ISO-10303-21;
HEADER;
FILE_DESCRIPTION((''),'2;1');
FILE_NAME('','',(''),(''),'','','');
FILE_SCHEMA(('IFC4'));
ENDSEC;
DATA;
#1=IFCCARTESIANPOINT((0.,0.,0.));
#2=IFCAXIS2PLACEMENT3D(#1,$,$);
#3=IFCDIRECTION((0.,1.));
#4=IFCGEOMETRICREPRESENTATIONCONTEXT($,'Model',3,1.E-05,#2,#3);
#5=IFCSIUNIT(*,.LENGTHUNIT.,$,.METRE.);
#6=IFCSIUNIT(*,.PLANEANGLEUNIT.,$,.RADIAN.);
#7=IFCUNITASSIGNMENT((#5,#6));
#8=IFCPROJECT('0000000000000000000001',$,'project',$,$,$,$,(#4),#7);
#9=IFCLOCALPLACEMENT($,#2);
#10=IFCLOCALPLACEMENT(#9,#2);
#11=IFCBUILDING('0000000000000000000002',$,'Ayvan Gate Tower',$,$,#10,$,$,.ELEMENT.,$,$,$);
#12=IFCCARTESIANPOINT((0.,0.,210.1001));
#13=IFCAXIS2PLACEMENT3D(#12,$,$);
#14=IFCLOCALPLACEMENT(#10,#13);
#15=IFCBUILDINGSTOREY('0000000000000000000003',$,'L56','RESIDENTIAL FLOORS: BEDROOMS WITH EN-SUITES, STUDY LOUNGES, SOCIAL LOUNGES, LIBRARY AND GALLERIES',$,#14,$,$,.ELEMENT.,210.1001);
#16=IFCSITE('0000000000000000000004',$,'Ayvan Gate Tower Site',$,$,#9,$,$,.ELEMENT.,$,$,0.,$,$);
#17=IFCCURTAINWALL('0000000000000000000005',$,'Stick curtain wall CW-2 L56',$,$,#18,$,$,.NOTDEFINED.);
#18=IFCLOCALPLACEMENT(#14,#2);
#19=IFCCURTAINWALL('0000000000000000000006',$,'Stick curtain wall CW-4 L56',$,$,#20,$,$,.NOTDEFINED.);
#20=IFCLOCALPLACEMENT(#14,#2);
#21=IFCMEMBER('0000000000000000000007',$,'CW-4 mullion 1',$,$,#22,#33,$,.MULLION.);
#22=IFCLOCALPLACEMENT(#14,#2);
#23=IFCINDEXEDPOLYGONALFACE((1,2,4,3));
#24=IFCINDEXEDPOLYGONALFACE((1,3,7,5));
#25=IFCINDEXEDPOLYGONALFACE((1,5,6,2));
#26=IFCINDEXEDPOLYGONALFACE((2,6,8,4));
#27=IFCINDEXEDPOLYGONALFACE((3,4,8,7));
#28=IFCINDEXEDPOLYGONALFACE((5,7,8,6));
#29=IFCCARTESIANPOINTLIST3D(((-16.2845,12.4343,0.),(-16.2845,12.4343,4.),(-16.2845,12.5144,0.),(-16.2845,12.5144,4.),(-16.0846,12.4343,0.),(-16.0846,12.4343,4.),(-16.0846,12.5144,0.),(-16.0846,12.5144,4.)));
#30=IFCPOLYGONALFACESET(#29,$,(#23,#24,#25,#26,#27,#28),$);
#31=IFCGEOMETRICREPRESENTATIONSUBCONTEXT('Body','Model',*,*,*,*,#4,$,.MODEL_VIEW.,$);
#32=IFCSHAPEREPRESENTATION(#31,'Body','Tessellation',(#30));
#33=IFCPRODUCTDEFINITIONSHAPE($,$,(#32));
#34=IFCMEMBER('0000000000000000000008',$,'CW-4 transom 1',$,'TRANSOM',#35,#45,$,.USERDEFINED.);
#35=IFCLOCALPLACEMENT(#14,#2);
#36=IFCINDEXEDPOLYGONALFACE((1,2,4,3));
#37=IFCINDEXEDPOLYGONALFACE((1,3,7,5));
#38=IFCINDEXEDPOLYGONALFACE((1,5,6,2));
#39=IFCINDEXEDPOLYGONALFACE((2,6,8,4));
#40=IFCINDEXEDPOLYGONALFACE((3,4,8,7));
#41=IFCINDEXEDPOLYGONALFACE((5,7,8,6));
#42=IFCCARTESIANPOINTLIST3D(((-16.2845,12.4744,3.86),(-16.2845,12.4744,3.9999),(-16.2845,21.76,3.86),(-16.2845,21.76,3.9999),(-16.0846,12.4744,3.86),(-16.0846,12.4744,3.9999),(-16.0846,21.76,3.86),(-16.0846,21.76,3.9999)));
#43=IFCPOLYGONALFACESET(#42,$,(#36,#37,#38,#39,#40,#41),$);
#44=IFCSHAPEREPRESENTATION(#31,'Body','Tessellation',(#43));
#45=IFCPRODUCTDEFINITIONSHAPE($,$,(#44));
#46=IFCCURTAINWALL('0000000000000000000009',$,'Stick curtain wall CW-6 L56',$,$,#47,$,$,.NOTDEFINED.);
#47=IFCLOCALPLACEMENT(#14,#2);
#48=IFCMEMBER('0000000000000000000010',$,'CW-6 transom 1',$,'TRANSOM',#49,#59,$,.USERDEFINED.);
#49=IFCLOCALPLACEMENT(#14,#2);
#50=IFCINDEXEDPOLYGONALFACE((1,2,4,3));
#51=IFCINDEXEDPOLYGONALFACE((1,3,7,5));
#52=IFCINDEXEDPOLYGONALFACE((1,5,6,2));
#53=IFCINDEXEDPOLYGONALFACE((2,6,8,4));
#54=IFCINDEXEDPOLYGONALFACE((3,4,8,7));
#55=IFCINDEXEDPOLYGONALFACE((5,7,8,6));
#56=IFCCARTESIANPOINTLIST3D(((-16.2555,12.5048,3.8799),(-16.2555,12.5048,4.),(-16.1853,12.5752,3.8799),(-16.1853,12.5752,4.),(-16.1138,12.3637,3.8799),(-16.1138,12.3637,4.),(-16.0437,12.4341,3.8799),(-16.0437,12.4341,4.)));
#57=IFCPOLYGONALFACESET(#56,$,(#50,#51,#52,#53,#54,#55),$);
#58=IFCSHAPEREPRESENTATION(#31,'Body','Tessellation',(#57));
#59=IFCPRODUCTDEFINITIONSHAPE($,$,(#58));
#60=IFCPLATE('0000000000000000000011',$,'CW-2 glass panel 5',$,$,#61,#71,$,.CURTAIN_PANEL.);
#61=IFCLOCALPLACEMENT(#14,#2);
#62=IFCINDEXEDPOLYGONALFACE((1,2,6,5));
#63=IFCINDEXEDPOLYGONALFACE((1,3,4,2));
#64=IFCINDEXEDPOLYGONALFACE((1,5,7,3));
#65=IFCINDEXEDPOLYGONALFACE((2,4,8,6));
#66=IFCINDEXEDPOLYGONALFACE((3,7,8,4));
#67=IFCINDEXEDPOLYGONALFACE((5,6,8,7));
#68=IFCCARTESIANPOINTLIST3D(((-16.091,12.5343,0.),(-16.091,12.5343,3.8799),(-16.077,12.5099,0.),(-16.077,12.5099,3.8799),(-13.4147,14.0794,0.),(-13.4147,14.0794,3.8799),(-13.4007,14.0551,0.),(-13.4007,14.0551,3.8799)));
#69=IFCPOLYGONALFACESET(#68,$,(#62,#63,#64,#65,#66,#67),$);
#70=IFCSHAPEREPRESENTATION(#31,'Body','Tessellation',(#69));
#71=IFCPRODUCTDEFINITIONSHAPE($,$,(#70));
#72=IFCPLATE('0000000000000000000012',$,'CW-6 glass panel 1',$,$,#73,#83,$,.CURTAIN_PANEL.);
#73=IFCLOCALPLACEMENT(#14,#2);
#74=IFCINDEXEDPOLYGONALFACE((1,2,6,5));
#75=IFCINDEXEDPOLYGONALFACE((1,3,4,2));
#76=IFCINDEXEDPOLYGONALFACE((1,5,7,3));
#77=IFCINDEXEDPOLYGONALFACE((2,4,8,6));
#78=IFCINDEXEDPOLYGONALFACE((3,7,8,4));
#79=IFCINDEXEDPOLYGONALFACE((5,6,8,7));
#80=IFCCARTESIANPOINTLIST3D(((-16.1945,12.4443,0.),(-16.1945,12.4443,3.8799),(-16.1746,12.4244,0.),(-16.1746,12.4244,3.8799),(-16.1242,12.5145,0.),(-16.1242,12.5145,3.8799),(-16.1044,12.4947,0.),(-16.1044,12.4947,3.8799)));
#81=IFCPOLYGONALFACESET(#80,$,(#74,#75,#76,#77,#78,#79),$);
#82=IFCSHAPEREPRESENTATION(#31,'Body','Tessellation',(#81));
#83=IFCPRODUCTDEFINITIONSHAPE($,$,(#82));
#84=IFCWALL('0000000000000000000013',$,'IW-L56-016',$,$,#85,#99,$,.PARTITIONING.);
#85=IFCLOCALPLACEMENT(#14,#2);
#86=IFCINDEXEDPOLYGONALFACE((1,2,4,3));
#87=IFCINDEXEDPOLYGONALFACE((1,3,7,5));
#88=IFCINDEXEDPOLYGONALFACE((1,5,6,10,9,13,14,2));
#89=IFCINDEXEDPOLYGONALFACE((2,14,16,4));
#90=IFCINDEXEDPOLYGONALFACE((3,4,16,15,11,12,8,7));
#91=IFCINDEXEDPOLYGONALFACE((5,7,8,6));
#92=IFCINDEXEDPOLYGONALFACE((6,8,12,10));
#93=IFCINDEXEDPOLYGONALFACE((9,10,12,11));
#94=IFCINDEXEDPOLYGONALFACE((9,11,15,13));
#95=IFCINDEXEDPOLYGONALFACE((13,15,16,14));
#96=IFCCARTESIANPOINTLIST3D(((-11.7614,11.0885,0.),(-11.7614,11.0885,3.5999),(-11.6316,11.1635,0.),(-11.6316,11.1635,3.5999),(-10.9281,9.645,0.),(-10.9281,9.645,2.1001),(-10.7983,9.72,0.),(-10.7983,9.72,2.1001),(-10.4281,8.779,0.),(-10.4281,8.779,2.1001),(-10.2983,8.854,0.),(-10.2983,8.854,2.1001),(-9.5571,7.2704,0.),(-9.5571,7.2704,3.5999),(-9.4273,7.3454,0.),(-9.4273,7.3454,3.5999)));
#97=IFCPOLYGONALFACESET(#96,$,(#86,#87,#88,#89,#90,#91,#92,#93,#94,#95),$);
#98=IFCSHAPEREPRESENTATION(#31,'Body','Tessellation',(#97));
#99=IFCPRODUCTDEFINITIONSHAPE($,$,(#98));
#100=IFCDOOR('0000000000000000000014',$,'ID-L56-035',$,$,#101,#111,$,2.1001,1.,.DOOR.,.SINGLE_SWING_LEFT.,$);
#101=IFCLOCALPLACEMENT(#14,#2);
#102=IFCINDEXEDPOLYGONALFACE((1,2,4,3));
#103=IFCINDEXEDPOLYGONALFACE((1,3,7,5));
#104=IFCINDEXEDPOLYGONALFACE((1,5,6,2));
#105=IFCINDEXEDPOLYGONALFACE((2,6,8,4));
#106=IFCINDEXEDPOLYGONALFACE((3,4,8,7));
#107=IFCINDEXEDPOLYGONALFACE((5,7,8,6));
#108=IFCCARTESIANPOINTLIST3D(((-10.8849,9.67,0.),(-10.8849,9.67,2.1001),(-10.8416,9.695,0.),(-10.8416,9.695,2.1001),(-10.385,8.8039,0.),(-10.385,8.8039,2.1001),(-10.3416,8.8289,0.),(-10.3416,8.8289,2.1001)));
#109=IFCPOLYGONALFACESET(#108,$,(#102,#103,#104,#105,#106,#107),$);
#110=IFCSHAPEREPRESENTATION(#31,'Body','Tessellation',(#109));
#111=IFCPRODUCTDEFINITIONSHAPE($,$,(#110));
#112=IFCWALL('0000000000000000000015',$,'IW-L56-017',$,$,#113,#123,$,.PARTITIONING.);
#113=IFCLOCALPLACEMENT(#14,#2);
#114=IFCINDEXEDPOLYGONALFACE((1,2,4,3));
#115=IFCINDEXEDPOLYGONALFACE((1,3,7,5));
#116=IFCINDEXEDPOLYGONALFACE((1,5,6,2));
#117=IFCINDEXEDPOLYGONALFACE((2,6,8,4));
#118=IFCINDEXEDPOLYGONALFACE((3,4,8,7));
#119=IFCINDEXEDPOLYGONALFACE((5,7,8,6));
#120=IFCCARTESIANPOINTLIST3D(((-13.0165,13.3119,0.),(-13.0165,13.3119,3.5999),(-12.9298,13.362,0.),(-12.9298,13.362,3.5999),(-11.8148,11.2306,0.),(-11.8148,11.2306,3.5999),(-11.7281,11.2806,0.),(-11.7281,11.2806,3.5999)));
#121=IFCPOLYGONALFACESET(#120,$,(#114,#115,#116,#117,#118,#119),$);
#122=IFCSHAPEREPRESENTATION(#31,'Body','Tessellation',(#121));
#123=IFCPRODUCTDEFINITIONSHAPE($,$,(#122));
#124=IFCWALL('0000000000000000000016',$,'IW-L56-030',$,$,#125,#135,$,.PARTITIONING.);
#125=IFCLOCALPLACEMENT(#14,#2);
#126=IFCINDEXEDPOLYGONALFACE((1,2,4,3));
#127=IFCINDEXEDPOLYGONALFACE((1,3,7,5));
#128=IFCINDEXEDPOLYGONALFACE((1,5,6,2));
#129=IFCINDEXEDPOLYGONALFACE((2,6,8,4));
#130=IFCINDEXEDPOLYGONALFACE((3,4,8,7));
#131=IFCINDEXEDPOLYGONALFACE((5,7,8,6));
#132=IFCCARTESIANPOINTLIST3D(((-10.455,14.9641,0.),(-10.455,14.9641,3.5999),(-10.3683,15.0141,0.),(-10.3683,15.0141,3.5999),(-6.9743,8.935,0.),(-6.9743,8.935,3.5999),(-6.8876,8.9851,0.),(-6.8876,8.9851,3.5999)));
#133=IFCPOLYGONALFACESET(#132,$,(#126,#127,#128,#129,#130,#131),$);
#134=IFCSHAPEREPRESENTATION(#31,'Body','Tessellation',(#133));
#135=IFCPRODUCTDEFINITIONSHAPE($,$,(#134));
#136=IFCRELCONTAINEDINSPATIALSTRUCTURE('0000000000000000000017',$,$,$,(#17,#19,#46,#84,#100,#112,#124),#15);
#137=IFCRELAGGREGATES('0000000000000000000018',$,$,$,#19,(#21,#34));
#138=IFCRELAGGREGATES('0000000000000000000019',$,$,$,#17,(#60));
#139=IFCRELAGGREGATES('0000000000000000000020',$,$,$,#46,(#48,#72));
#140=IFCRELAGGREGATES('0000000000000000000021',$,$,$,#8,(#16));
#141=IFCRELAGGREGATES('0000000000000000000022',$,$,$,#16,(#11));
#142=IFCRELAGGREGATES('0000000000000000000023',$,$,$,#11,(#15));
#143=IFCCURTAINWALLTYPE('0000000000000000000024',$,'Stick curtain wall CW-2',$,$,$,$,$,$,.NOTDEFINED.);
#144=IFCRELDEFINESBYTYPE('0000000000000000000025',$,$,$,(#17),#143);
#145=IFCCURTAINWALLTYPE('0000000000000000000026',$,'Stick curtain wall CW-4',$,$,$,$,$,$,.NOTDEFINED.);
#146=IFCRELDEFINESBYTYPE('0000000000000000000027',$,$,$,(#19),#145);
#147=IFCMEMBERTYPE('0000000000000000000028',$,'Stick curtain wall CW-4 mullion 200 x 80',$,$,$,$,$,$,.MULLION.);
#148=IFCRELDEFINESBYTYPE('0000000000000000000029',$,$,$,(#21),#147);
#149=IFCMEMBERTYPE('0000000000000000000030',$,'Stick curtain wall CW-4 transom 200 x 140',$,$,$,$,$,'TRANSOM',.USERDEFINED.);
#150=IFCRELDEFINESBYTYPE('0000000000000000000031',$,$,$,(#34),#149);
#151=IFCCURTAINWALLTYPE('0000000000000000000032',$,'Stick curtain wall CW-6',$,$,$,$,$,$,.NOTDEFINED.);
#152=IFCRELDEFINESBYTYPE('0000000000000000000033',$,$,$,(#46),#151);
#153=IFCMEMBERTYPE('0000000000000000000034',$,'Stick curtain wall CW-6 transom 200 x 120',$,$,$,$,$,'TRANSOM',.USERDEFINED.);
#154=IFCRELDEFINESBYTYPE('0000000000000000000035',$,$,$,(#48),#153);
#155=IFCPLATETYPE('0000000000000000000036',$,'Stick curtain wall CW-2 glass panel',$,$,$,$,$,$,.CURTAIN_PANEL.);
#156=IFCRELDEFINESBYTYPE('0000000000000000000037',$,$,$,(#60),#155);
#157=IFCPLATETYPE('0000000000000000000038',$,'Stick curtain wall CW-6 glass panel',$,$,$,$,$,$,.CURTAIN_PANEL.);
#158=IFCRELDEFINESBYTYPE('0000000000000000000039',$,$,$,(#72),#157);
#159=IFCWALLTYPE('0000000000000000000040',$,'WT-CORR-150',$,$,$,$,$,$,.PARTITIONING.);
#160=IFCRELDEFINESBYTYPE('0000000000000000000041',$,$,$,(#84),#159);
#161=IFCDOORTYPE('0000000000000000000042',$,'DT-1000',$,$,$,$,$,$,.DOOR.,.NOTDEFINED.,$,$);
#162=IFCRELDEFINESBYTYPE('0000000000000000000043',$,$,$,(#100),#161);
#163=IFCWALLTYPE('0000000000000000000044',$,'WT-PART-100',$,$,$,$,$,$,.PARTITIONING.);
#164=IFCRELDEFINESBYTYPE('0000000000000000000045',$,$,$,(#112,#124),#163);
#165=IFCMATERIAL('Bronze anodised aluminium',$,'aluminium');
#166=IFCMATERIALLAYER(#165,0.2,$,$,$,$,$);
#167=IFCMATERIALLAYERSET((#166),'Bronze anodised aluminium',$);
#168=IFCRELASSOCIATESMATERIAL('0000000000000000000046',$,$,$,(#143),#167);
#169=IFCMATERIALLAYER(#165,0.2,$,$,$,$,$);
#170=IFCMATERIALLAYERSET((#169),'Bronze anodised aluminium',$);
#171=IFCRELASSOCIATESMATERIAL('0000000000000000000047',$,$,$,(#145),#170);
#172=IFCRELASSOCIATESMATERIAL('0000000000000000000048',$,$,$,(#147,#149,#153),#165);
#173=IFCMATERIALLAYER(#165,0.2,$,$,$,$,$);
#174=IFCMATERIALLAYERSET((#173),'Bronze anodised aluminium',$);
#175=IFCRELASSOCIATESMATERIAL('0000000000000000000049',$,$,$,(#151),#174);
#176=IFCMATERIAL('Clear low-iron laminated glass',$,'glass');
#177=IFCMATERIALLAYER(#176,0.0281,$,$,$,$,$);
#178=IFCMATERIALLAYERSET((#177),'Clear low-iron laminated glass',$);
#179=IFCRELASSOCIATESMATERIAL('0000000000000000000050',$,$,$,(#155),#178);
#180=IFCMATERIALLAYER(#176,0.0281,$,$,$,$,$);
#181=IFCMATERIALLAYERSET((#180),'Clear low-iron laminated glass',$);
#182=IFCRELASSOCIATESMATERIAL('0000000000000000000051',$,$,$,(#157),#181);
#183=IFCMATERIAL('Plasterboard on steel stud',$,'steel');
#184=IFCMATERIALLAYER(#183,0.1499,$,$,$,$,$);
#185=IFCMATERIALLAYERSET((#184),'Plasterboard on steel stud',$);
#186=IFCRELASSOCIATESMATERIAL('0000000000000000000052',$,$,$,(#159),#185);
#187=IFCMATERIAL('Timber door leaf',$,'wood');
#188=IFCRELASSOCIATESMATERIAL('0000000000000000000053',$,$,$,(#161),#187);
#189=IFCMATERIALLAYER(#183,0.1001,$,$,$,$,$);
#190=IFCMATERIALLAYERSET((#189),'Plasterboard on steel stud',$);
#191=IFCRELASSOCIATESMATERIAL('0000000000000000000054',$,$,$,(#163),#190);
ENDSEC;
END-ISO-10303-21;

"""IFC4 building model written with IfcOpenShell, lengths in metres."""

from ifc_helpers import new_model, si_unit, direction, frame, frame_2d, origin, origin_2d, place, context, subcontext, project, spatial, rectangle, extrude, material, layer, layer_set, material_profile, profile_set, type_object, element, fill, aggregate, save


model = new_model("IFC4")

# Units and contexts
model_context = context("Model", 3, precision=1e-05, world=origin(), true_north=direction((0.0, 1.0)))
body_context = subcontext(model_context, "Body", "Model", "MODEL_VIEW")
ifc_project = project(units=[si_unit("LENGTHUNIT", "METRE"), si_unit("PLANEANGLEUNIT", "RADIAN")], contexts=[model_context])

# Site, building, storey
site_placement = place(None, origin())
site = spatial("IfcSite", under=ifc_project, at=site_placement, Name="Ayvan Gate Tower Site", CompositionType="ELEMENT", RefElevation=0.0)
building_placement = place(site_placement, origin())
building = spatial("IfcBuilding", under=site, at=building_placement, Name="Ayvan Gate Tower", CompositionType="ELEMENT")
storey_placement = place(building_placement, frame((0.0, 0.0, 210.1001)))
storey = spatial("IfcBuildingStorey", under=building, at=storey_placement, Name="L56", Description="RESIDENTIAL FLOORS: BEDROOMS WITH EN-SUITES, STUDY LOUNGES, SOCIAL LOUNGES, LIBRARY AND GALLERIES", CompositionType="ELEMENT", Elevation=210.1001)

# Curtain wall
ifc_material_1 = material(Name="Bronze anodised aluminium", Category="aluminium")
ifc_layer_1 = layer(ifc_material_1, 0.2)
ifc_layer_set_1 = layer_set([ifc_layer_1], Name="Bronze anodised aluminium")
curtain_wall_type_1 = type_object("IfcCurtainWallType", Name="Stick curtain wall CW-2", PredefinedType="NOTDEFINED", material=ifc_layer_set_1)
curtain_wall_1_placement = place(storey_placement, origin())
curtain_wall_1 = element("IfcCurtainWall", 1, at=curtain_wall_1_placement, inside=storey, type_object=curtain_wall_type_1, Name="Stick curtain wall CW-2 L56", PredefinedType="NOTDEFINED")

# Curtain wall, members
ifc_layer_2 = layer(ifc_material_1, 0.2)
ifc_layer_set_2 = layer_set([ifc_layer_2], Name="Bronze anodised aluminium")
curtain_wall_type_2 = type_object("IfcCurtainWallType", Name="Stick curtain wall CW-4", PredefinedType="NOTDEFINED", material=ifc_layer_set_2)
curtain_wall_2_placement = place(storey_placement, origin())
curtain_wall_2 = element("IfcCurtainWall", 2, at=curtain_wall_2_placement, inside=storey, type_object=curtain_wall_type_2, Name="Stick curtain wall CW-4 L56", PredefinedType="NOTDEFINED")
ifc_material_profile_1 = material_profile(ifc_material_1, rectangle(XDim=0.2, YDim=0.0801, at=origin_2d()), Name="Stick curtain wall CW-4 mullion 200 x 80")
ifc_profile_set_1 = profile_set([ifc_material_profile_1], Name="Bronze anodised aluminium")
member_type_1 = type_object("IfcMemberType", Name="Stick curtain wall CW-4 mullion 200 x 80", PredefinedType="MULLION", material=ifc_profile_set_1)
member_1_placement = place(storey_placement, frame((-16.1846, 12.4744, 0.0), z_axis=(0.0, 0.0, 1.0), x_axis=(1.0, 0.0, 0.0)))
member_1 = element("IfcMember", 3, at=member_1_placement, type_object=member_type_1, Name="CW-4 mullion 1", PredefinedType="MULLION", context=body_context, shape_type="SweptSolid", body=[
    extrude(rectangle(XDim=0.2, YDim=0.0801, at=origin_2d()), origin(), (0.0, 0.0, 1.0), 4.0),
])
ifc_material_profile_2 = material_profile(ifc_material_1, rectangle(XDim=0.2, YDim=0.1399, at=origin_2d()), Name="Stick curtain wall CW-4 transom 200 x 140")
ifc_profile_set_2 = profile_set([ifc_material_profile_2], Name="Bronze anodised aluminium")
member_type_2 = type_object("IfcMemberType", Name="Stick curtain wall CW-4 transom 200 x 140", ElementType="TRANSOM", PredefinedType="USERDEFINED", material=ifc_profile_set_2)
member_2_placement = place(storey_placement, frame((-16.1846, 12.4744, 3.9299), z_axis=(0.0, 1.0, 0.0), x_axis=(-1.0, 0.0, 0.0)))
member_2 = element("IfcMember", 4, at=member_2_placement, type_object=member_type_2, Name="CW-4 transom 1", ObjectType="TRANSOM", PredefinedType="USERDEFINED", context=body_context, shape_type="SweptSolid", body=[
    extrude(rectangle(XDim=0.2, YDim=0.1399, at=origin_2d()), origin(), (0.0, 0.0, 1.0), 9.2856),
])
aggregate(curtain_wall_2, [member_1, member_2])

# Curtain wall, member
ifc_layer_3 = layer(ifc_material_1, 0.2)
ifc_layer_set_3 = layer_set([ifc_layer_3], Name="Bronze anodised aluminium")
curtain_wall_type_3 = type_object("IfcCurtainWallType", Name="Stick curtain wall CW-6", PredefinedType="NOTDEFINED", material=ifc_layer_set_3)
curtain_wall_3_placement = place(storey_placement, origin())
curtain_wall_3 = element("IfcCurtainWall", 5, at=curtain_wall_3_placement, inside=storey, type_object=curtain_wall_type_3, Name="Stick curtain wall CW-6 L56", PredefinedType="NOTDEFINED")
ifc_material_profile_3 = material_profile(ifc_material_1, rectangle(XDim=0.2, YDim=0.1201, at=origin_2d()), Name="Stick curtain wall CW-6 transom 200 x 120")
ifc_profile_set_3 = profile_set([ifc_material_profile_3], Name="Bronze anodised aluminium")
member_type_3 = type_object("IfcMemberType", Name="Stick curtain wall CW-6 transom 200 x 120", ElementType="TRANSOM", PredefinedType="USERDEFINED", material=ifc_profile_set_3)
member_3_placement = place(storey_placement, frame((-16.1145, 12.5046, 3.9399), z_axis=(-0.705876, -0.708335, 0.0), x_axis=(0.708335, -0.705876, 0.0)))
member_3 = element("IfcMember", 6, at=member_3_placement, type_object=member_type_3, Name="CW-6 transom 1", ObjectType="TRANSOM", PredefinedType="USERDEFINED", context=body_context, shape_type="SweptSolid", body=[
    extrude(rectangle(XDim=0.2, YDim=0.1201, at=origin_2d()), origin(), (0.0, 0.0, 1.0), 0.0994),
])

# Plates
ifc_material_2 = material(Name="Clear low-iron laminated glass", Category="glass")
ifc_layer_4 = layer(ifc_material_2, 0.0281)
ifc_layer_set_4 = layer_set([ifc_layer_4], Name="Clear low-iron laminated glass")
plate_type_1 = type_object("IfcPlateType", Name="Stick curtain wall CW-2 glass panel", PredefinedType="CURTAIN_PANEL", material=ifc_layer_set_4)
plate_1_placement = place(storey_placement, frame((-14.7458, 13.2947, 0.0), z_axis=(0.0, 0.0, 1.0), x_axis=(-0.866025, -0.5, 0.0)))
plate_1 = element("IfcPlate", 7, at=plate_1_placement, type_object=plate_type_1, Name="CW-2 glass panel 5", PredefinedType="CURTAIN_PANEL", context=body_context, shape_type="SweptSolid", body=[
    extrude(rectangle(XDim=3.0903, YDim=0.0281, at=origin_2d()), origin(), (0.0, 0.0, 1.0), 3.8799),
])
aggregate(curtain_wall_1, [plate_1])
ifc_layer_5 = layer(ifc_material_2, 0.0281)
ifc_layer_set_5 = layer_set([ifc_layer_5], Name="Clear low-iron laminated glass")
plate_type_2 = type_object("IfcPlateType", Name="Stick curtain wall CW-6 glass panel", PredefinedType="CURTAIN_PANEL", material=ifc_layer_set_5)
plate_2_placement = place(storey_placement, frame((-16.1494, 12.4695, 0.0), z_axis=(0.0, 0.0, 1.0), x_axis=(-0.707107, -0.707107, 0.0)))
plate_2 = element("IfcPlate", 8, at=plate_2_placement, type_object=plate_type_2, Name="CW-6 glass panel 1", PredefinedType="CURTAIN_PANEL", context=body_context, shape_type="SweptSolid", body=[
    extrude(rectangle(XDim=0.0994, YDim=0.0281, at=origin_2d()), origin(), (0.0, 0.0, 1.0), 3.8799),
])
aggregate(curtain_wall_3, [member_3, plate_2])

# Wall, opening, door
ifc_material_3 = material(Name="Plasterboard on steel stud", Category="steel")
ifc_layer_6 = layer(ifc_material_3, 0.1499)
ifc_layer_set_6 = layer_set([ifc_layer_6], Name="Plasterboard on steel stud")
wall_type_1 = type_object("IfcWallType", Name="WT-CORR-150", PredefinedType="PARTITIONING", material=ifc_layer_set_6)
wall_1_placement = place(storey_placement, frame((-11.6965, 11.126, 0.0), z_axis=(0.0, 0.0, 1.0), x_axis=(0.499992, -0.86603, 0.0)))
wall_1 = element("IfcWall", 9, at=wall_1_placement, inside=storey, type_object=wall_type_1, Name="IW-L56-016", PredefinedType="PARTITIONING", context=body_context, shape_type="SweptSolid", body=[
    extrude(rectangle(XDim=4.4087, YDim=0.1499, at=frame_2d((2.2043, 0.0))), origin(), (0.0, 0.0, 1.0), 3.5999),
])
opening_placement = place(wall_1_placement, frame((1.6667, 0.0, 0.0)))
opening = element("IfcOpeningElement", 10, at=opening_placement, cuts=wall_1, PredefinedType="OPENING", context=body_context, shape_type="SweptSolid", body=[
    extrude(rectangle(XDim=1.0, YDim=2.1001, at=frame_2d((0.5, 1.05))), frame((0.0, 0.085, 0.0), z_axis=(0.0, -1.0, 0.0), x_axis=(1.0, 0.0, 0.0)), (0.0, 0.0, 1.0), 0.1699),
])
ifc_material_4 = material(Name="Timber door leaf", Category="wood")
door_type = type_object("IfcDoorType", Name="DT-1000", OperationType="NOTDEFINED", PredefinedType="DOOR", material=ifc_material_4)
door_placement = place(opening_placement, origin())
door = element("IfcDoor", 11, at=door_placement, inside=storey, type_object=door_type, Name="ID-L56-035", OperationType="SINGLE_SWING_LEFT", OverallHeight=2.1001, OverallWidth=1.0, PredefinedType="DOOR", context=body_context, shape_type="SweptSolid", body=[
    extrude(rectangle(XDim=1.0, YDim=2.1001, at=frame_2d((0.5, 1.05))), frame((0.0, 0.0249, 0.0), z_axis=(0.0, -1.0, 0.0), x_axis=(1.0, 0.0, 0.0)), (0.0, 0.0, 1.0), 0.05),
])
fill(opening, door)

# Walls
ifc_layer_7 = layer(ifc_material_3, 0.1001)
ifc_layer_set_7 = layer_set([ifc_layer_7], Name="Plasterboard on steel stud")
wall_type_2 = type_object("IfcWallType", Name="WT-PART-100", PredefinedType="PARTITIONING", material=ifc_layer_set_7)
wall_2_placement = place(storey_placement, frame((-11.7715, 11.2556, 0.0), z_axis=(0.0, 0.0, 1.0), x_axis=(-0.500007, 0.866021, 0.0)))
element("IfcWall", 12, at=wall_2_placement, inside=storey, type_object=wall_type_2, Name="IW-L56-017", PredefinedType="PARTITIONING", context=body_context, shape_type="SweptSolid", body=[
    extrude(rectangle(XDim=2.4033, YDim=0.1001, at=frame_2d((1.2017, 0.0))), origin(), (0.0, 0.0, 1.0), 3.5999),
])
wall_3_placement = place(storey_placement, frame((-6.9309, 8.96, 0.0), z_axis=(0.0, 0.0, 1.0), x_axis=(-0.499983, 0.866036, 0.0)))
element("IfcWall", 13, at=wall_3_placement, inside=storey, type_object=wall_type_2, Name="IW-L56-030", PredefinedType="PARTITIONING", context=body_context, shape_type="SweptSolid", body=[
    extrude(rectangle(XDim=6.9617, YDim=0.1001, at=frame_2d((3.481, 0.0))), origin(), (0.0, 0.0, 1.0), 3.5999),
])

save(model, "model.ifc")
